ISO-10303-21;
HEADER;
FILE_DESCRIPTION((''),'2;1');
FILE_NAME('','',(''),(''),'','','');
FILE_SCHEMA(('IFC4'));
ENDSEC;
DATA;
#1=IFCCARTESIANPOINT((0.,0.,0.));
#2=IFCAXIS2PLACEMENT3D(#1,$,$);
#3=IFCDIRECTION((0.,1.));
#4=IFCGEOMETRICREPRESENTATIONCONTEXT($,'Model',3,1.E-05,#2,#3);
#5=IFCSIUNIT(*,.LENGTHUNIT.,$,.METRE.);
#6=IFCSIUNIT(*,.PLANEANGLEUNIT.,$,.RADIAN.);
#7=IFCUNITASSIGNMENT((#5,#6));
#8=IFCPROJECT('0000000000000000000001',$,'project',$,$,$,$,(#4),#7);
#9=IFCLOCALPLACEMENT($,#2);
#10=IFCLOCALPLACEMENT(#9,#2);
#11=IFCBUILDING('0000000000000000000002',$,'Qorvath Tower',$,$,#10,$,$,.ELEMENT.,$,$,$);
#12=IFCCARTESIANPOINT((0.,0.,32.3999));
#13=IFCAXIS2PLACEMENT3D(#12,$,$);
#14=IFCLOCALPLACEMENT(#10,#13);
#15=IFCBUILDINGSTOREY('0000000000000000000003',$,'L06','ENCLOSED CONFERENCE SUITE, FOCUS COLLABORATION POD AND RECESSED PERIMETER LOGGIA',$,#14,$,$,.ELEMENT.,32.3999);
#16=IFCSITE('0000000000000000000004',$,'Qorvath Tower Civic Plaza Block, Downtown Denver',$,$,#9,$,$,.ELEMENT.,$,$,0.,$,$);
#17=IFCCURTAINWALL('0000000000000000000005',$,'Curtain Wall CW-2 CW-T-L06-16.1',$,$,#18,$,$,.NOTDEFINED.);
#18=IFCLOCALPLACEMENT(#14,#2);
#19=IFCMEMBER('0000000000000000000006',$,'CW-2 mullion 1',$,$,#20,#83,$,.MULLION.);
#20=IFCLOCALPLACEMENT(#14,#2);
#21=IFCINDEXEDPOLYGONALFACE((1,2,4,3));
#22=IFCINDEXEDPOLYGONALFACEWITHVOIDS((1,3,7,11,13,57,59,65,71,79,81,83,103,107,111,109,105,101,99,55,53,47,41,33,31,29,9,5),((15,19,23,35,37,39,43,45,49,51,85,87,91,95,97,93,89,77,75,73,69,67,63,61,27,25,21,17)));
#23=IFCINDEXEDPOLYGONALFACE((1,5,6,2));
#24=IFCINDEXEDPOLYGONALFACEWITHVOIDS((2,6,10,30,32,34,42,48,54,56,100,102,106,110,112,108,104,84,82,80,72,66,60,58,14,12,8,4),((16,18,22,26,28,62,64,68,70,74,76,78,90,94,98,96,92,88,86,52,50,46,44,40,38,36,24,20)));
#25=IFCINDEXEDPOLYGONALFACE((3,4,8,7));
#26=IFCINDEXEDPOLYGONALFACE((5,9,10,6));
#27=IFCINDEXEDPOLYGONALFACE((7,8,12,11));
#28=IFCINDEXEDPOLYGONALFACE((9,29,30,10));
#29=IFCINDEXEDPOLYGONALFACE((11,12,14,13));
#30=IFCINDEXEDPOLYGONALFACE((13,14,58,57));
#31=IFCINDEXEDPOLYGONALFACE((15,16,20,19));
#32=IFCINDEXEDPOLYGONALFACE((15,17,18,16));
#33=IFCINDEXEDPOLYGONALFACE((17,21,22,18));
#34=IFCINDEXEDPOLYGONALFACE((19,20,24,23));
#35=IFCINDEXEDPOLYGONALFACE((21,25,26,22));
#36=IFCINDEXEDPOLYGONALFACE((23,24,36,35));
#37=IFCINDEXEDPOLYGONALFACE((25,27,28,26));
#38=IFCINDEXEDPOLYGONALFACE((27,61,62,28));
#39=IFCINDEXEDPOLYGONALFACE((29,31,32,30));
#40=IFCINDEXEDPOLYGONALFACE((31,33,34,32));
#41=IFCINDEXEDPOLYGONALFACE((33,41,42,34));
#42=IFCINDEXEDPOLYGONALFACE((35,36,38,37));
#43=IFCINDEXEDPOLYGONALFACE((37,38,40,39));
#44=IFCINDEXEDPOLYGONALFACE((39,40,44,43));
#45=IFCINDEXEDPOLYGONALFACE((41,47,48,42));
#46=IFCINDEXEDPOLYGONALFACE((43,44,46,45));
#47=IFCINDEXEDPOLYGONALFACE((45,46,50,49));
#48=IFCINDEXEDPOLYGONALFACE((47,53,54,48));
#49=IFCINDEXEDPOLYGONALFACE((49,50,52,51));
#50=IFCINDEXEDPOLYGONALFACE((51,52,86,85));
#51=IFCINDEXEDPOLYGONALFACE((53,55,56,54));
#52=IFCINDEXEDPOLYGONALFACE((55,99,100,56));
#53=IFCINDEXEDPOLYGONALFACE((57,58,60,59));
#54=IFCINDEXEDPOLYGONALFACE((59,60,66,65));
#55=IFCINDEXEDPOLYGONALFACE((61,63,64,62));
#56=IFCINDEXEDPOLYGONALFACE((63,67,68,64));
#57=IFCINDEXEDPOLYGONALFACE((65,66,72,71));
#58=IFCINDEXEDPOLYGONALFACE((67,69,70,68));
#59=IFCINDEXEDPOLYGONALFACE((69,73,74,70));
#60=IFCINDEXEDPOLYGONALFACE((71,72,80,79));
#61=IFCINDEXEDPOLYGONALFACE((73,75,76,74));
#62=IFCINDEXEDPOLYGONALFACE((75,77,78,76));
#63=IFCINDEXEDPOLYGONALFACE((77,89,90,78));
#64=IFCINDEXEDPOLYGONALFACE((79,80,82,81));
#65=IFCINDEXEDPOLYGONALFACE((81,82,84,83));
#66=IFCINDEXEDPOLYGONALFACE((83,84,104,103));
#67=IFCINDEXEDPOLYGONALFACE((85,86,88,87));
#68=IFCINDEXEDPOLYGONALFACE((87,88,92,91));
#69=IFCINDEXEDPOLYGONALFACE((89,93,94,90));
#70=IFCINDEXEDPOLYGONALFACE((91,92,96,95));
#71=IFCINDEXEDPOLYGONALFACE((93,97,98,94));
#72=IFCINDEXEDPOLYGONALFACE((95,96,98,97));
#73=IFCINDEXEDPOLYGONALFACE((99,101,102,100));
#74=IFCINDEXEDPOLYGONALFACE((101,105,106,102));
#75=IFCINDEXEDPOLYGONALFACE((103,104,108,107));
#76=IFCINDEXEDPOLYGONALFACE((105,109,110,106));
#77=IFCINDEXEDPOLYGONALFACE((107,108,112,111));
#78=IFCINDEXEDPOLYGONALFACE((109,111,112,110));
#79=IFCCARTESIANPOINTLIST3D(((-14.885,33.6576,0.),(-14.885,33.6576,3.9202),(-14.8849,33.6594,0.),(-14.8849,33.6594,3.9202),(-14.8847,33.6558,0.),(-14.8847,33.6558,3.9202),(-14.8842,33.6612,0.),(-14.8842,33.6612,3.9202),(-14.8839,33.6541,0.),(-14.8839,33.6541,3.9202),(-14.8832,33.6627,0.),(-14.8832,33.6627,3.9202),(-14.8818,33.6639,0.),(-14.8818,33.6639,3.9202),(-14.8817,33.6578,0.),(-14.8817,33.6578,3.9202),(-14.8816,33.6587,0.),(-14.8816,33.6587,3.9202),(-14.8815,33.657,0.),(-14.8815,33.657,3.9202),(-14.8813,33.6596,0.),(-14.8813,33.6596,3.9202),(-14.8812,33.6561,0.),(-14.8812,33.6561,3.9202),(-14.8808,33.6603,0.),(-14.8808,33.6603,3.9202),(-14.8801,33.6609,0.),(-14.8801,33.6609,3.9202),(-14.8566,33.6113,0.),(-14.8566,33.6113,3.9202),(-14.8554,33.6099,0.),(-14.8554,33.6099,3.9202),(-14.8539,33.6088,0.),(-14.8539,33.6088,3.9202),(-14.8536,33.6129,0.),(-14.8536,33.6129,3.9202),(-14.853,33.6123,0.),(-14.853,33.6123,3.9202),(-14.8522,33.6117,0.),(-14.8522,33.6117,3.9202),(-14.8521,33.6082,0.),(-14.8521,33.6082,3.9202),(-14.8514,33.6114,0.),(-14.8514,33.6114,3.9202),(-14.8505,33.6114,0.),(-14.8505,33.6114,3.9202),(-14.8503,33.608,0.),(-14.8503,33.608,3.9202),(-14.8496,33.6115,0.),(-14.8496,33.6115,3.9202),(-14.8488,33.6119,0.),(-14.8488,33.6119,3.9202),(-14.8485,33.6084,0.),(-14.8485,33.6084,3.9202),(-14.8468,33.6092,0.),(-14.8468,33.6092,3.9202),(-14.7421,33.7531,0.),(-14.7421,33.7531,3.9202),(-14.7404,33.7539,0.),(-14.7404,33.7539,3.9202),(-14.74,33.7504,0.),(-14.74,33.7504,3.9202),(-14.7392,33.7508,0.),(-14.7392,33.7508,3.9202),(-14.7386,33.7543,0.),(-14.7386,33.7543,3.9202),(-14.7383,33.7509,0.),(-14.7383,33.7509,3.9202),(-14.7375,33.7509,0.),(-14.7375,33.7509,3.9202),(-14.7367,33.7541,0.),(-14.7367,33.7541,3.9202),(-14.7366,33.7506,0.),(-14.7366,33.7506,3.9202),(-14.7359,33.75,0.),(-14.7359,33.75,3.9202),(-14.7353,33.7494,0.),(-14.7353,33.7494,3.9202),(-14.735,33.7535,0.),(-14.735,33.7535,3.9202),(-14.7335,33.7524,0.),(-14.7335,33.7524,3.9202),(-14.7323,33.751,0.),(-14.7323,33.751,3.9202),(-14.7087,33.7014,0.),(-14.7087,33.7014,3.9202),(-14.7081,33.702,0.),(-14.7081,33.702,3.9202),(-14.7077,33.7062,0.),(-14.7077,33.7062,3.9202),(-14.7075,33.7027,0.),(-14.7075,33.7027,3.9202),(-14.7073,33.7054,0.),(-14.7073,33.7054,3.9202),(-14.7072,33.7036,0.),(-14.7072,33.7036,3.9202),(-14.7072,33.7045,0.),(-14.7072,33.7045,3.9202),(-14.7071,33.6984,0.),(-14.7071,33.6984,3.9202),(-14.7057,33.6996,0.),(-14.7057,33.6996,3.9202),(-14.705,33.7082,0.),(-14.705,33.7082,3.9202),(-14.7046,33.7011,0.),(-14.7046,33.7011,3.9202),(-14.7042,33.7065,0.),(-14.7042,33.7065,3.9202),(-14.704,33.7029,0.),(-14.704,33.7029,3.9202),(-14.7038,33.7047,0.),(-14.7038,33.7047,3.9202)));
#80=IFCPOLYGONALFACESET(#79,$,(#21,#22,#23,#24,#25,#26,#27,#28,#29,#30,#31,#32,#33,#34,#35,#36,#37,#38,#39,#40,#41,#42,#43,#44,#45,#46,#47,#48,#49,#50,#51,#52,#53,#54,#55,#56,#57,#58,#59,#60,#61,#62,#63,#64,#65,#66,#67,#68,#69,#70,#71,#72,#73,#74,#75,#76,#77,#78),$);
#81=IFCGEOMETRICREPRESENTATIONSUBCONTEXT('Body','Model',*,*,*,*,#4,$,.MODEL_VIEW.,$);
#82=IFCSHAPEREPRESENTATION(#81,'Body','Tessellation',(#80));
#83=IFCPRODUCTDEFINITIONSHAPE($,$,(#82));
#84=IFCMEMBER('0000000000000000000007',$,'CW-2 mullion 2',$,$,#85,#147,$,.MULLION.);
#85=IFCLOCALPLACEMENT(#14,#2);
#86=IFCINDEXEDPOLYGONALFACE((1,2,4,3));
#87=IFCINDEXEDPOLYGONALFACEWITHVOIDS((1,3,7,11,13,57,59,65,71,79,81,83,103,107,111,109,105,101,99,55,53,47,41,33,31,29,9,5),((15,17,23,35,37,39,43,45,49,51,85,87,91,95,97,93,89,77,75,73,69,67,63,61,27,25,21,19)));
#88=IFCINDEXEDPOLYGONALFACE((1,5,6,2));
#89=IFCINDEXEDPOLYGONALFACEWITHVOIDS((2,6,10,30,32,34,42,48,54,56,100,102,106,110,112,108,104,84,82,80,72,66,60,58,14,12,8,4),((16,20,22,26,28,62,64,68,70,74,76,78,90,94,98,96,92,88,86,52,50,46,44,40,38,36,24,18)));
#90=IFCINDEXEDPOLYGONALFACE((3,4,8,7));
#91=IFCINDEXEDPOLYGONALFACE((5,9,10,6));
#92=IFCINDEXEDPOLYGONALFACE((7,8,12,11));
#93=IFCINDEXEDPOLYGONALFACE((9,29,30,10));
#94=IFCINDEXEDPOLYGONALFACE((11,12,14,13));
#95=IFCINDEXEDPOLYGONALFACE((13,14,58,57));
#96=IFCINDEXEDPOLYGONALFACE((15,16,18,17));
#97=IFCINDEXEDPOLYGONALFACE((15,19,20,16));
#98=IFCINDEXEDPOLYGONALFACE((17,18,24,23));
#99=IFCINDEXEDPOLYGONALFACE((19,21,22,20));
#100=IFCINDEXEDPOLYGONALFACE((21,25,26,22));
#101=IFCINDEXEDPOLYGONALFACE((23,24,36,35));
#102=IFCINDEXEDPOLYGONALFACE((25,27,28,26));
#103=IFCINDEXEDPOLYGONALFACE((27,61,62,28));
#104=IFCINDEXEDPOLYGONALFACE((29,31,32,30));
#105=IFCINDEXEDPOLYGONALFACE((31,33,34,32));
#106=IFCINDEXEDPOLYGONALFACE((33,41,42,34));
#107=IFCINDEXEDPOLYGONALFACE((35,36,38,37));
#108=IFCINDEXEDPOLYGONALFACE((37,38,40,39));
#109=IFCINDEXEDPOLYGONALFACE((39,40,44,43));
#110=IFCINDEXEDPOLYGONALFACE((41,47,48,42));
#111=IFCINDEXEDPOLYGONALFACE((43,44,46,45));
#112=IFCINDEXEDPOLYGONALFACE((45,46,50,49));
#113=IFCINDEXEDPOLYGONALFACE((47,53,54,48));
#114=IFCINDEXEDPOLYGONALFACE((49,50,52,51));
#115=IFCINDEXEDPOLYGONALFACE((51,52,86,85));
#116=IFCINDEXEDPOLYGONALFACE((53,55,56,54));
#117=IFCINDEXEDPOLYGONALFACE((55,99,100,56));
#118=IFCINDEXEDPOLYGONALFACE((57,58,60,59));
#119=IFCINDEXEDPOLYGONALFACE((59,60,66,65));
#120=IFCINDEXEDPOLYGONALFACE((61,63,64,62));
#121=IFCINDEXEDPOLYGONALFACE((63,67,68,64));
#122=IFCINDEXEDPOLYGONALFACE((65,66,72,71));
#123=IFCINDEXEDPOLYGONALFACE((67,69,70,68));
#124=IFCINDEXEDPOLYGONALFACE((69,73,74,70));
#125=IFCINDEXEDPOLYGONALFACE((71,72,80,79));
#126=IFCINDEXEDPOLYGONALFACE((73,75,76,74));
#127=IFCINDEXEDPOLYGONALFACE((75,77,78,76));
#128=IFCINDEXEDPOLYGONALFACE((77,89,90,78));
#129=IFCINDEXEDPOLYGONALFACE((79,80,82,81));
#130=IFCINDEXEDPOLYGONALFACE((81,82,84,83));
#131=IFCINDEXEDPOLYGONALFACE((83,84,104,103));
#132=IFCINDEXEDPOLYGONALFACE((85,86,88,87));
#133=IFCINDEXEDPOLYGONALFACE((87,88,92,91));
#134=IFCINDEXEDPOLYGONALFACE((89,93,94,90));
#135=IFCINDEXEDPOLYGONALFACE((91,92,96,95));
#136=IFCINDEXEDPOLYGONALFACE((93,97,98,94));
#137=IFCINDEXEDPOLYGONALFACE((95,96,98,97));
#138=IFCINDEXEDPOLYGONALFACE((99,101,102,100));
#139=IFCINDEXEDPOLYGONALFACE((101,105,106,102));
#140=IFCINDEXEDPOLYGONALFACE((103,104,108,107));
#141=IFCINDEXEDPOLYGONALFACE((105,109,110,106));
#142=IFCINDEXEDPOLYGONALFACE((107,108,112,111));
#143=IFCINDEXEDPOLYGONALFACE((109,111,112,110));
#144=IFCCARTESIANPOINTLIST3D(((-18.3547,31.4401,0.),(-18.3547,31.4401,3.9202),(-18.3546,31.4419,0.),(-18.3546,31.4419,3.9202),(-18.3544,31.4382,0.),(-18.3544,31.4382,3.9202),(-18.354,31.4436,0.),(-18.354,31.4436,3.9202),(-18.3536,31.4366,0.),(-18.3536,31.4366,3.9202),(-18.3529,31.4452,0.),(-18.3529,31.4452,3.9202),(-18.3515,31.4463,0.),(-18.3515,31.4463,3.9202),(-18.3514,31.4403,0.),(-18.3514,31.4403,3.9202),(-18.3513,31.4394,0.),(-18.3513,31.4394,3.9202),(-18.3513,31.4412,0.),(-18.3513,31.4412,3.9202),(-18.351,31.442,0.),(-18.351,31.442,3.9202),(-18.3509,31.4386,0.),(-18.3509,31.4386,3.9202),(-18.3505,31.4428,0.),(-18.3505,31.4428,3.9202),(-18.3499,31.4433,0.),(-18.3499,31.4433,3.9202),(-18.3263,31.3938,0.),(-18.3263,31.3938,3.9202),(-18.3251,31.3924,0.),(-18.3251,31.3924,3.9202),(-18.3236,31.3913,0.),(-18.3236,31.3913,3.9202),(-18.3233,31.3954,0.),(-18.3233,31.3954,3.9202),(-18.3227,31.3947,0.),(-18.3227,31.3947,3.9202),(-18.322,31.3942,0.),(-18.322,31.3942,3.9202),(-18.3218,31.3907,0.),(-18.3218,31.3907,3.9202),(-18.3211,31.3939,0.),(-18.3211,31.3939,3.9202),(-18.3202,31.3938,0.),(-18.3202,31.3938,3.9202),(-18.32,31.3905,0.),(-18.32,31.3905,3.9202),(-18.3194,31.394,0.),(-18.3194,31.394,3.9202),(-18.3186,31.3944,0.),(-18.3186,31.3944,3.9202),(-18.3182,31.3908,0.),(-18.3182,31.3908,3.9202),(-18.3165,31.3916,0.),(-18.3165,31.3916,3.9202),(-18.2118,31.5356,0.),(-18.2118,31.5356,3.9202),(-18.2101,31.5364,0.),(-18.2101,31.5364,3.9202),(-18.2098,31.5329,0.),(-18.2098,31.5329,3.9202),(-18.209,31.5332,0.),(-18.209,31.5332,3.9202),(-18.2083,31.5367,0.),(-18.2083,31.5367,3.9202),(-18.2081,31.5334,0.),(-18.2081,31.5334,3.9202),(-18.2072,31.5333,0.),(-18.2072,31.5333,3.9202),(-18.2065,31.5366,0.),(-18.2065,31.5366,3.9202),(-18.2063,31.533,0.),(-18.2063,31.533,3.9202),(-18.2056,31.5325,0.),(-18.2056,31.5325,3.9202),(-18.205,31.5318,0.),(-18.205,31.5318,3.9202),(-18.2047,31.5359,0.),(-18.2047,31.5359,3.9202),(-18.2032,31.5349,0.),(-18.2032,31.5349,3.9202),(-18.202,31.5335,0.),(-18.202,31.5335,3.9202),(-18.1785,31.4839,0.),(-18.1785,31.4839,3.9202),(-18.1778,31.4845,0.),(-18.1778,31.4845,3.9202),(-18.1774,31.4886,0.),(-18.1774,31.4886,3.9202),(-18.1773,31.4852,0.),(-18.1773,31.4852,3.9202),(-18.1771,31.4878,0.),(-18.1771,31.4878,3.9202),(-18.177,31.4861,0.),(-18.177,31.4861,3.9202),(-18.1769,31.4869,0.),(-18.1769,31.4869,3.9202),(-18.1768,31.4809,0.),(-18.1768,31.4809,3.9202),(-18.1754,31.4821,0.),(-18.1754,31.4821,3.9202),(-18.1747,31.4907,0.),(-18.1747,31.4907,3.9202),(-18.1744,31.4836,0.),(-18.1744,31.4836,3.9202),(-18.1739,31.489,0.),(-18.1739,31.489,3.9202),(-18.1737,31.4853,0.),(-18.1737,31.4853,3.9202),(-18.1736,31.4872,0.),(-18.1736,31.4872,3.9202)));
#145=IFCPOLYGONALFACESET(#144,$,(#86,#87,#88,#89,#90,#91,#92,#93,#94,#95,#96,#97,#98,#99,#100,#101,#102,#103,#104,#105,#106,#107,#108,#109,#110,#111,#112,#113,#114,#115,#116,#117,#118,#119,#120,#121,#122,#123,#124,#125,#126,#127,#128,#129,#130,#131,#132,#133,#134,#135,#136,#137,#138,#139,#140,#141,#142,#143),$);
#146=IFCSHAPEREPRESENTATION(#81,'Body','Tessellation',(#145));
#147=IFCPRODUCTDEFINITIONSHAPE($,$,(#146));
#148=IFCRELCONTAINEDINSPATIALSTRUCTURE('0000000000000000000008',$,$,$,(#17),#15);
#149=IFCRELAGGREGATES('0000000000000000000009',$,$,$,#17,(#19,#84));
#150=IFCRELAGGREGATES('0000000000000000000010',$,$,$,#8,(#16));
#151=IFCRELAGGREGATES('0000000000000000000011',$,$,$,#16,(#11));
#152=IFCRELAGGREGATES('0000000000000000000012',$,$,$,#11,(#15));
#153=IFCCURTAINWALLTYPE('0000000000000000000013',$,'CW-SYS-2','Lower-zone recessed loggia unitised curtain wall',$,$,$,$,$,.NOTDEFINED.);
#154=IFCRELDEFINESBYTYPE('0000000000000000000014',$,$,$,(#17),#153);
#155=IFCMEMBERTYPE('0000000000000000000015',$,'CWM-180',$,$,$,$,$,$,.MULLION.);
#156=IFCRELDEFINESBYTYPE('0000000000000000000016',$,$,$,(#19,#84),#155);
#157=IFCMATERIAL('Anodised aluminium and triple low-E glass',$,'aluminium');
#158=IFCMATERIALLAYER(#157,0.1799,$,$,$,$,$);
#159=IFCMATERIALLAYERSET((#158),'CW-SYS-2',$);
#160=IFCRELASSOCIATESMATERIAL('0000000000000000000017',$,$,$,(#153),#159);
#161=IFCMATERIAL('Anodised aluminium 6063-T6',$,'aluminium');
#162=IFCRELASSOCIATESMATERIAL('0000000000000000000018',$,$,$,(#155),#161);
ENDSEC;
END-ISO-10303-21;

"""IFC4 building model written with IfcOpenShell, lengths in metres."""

from ifc_helpers import new_model, si_unit, direction, frame, origin, origin_2d, place, context, subcontext, project, spatial, hollow_rectangle, extrude, material, layer, layer_set, material_profile, profile_set, type_object, element, aggregate, save


model = new_model("IFC4")

# Units and contexts
model_context = context("Model", 3, precision=1e-05, world=origin(), true_north=direction((0.0, 1.0)))
body_context = subcontext(model_context, "Body", "Model", "MODEL_VIEW")
ifc_project = project(units=[si_unit("LENGTHUNIT", "METRE"), si_unit("PLANEANGLEUNIT", "RADIAN")], contexts=[model_context])

# Site, building, storey
site_placement = place(None, origin())
site = spatial("IfcSite", under=ifc_project, at=site_placement, Name="Qorvath Tower Civic Plaza Block, Downtown Denver", CompositionType="ELEMENT", RefElevation=0.0)
building_placement = place(site_placement, origin())
building = spatial("IfcBuilding", under=site, at=building_placement, Name="Qorvath Tower", CompositionType="ELEMENT")
storey_placement = place(building_placement, frame((0.0, 0.0, 32.3999)))
storey = spatial("IfcBuildingStorey", under=building, at=storey_placement, Name="L06", Description="ENCLOSED CONFERENCE SUITE, FOCUS COLLABORATION POD AND RECESSED PERIMETER LOGGIA", CompositionType="ELEMENT", Elevation=32.3999)

# Curtain wall, members
ifc_material_1 = material(Name="Anodised aluminium and triple low-E glass", Category="aluminium")
ifc_layer_1 = layer(ifc_material_1, 0.1799)
ifc_layer_set_1 = layer_set([ifc_layer_1], Name="CW-SYS-2")
curtain_wall_type = type_object("IfcCurtainWallType", Name="CW-SYS-2", Description="Lower-zone recessed loggia unitised curtain wall", PredefinedType="NOTDEFINED", material=ifc_layer_set_1)
ifc_material_2 = material(Name="Anodised aluminium 6063-T6", Category="aluminium")
ifc_material_profile_1 = material_profile(ifc_material_2, hollow_rectangle(XDim=0.0649, YDim=0.1799, WallThickness=0.0034, InnerFilletRadius=0.0034, OuterFilletRadius=0.0071, at=origin_2d()), Name="CWM 180x65")
ifc_profile_set_1 = profile_set([ifc_material_profile_1], Name="Anodised aluminium 6063-T6")
member_type_1 = type_object("IfcMemberType", Name="CWM-180", PredefinedType="MULLION", material=ifc_profile_set_1)
curtain_wall_1_placement = place(storey_placement, origin())
curtain_wall_1 = element("IfcCurtainWall", 1, at=curtain_wall_1_placement, inside=storey, type_object=curtain_wall_type, Name="Curtain Wall CW-2 CW-T-L06-16.1", PredefinedType="NOTDEFINED")
member_1_placement = place(storey_placement, frame((-14.7944, 33.6812, 0.0), z_axis=(0.0, 0.0, 1.0), x_axis=(0.538539, -0.842601, 0.0)))
member_1 = element("IfcMember", 2, at=member_1_placement, type_object=member_type_1, Name="CW-2 mullion 1", PredefinedType="MULLION", context=body_context, shape_type="SweptSolid", body=[
    extrude(hollow_rectangle(XDim=0.0649, YDim=0.1799, WallThickness=0.0034, InnerFilletRadius=0.0034, OuterFilletRadius=0.0071, at=origin_2d()), origin(), (0.0, 0.0, 1.0), 3.9202),
])
member_2_placement = place(storey_placement, frame((-18.2642, 31.4636, 0.0), z_axis=(0.0, 0.0, 1.0), x_axis=(0.538539, -0.842601, 0.0)))
member_2 = element("IfcMember", 3, at=member_2_placement, type_object=member_type_1, Name="CW-2 mullion 2", PredefinedType="MULLION", context=body_context, shape_type="SweptSolid", body=[
    extrude(hollow_rectangle(XDim=0.0649, YDim=0.1799, WallThickness=0.0034, InnerFilletRadius=0.0034, OuterFilletRadius=0.0071, at=origin_2d()), origin(), (0.0, 0.0, 1.0), 3.9202),
])

aggregate(curtain_wall_1, [member_1, member_2])

save(model, "model.ifc")
